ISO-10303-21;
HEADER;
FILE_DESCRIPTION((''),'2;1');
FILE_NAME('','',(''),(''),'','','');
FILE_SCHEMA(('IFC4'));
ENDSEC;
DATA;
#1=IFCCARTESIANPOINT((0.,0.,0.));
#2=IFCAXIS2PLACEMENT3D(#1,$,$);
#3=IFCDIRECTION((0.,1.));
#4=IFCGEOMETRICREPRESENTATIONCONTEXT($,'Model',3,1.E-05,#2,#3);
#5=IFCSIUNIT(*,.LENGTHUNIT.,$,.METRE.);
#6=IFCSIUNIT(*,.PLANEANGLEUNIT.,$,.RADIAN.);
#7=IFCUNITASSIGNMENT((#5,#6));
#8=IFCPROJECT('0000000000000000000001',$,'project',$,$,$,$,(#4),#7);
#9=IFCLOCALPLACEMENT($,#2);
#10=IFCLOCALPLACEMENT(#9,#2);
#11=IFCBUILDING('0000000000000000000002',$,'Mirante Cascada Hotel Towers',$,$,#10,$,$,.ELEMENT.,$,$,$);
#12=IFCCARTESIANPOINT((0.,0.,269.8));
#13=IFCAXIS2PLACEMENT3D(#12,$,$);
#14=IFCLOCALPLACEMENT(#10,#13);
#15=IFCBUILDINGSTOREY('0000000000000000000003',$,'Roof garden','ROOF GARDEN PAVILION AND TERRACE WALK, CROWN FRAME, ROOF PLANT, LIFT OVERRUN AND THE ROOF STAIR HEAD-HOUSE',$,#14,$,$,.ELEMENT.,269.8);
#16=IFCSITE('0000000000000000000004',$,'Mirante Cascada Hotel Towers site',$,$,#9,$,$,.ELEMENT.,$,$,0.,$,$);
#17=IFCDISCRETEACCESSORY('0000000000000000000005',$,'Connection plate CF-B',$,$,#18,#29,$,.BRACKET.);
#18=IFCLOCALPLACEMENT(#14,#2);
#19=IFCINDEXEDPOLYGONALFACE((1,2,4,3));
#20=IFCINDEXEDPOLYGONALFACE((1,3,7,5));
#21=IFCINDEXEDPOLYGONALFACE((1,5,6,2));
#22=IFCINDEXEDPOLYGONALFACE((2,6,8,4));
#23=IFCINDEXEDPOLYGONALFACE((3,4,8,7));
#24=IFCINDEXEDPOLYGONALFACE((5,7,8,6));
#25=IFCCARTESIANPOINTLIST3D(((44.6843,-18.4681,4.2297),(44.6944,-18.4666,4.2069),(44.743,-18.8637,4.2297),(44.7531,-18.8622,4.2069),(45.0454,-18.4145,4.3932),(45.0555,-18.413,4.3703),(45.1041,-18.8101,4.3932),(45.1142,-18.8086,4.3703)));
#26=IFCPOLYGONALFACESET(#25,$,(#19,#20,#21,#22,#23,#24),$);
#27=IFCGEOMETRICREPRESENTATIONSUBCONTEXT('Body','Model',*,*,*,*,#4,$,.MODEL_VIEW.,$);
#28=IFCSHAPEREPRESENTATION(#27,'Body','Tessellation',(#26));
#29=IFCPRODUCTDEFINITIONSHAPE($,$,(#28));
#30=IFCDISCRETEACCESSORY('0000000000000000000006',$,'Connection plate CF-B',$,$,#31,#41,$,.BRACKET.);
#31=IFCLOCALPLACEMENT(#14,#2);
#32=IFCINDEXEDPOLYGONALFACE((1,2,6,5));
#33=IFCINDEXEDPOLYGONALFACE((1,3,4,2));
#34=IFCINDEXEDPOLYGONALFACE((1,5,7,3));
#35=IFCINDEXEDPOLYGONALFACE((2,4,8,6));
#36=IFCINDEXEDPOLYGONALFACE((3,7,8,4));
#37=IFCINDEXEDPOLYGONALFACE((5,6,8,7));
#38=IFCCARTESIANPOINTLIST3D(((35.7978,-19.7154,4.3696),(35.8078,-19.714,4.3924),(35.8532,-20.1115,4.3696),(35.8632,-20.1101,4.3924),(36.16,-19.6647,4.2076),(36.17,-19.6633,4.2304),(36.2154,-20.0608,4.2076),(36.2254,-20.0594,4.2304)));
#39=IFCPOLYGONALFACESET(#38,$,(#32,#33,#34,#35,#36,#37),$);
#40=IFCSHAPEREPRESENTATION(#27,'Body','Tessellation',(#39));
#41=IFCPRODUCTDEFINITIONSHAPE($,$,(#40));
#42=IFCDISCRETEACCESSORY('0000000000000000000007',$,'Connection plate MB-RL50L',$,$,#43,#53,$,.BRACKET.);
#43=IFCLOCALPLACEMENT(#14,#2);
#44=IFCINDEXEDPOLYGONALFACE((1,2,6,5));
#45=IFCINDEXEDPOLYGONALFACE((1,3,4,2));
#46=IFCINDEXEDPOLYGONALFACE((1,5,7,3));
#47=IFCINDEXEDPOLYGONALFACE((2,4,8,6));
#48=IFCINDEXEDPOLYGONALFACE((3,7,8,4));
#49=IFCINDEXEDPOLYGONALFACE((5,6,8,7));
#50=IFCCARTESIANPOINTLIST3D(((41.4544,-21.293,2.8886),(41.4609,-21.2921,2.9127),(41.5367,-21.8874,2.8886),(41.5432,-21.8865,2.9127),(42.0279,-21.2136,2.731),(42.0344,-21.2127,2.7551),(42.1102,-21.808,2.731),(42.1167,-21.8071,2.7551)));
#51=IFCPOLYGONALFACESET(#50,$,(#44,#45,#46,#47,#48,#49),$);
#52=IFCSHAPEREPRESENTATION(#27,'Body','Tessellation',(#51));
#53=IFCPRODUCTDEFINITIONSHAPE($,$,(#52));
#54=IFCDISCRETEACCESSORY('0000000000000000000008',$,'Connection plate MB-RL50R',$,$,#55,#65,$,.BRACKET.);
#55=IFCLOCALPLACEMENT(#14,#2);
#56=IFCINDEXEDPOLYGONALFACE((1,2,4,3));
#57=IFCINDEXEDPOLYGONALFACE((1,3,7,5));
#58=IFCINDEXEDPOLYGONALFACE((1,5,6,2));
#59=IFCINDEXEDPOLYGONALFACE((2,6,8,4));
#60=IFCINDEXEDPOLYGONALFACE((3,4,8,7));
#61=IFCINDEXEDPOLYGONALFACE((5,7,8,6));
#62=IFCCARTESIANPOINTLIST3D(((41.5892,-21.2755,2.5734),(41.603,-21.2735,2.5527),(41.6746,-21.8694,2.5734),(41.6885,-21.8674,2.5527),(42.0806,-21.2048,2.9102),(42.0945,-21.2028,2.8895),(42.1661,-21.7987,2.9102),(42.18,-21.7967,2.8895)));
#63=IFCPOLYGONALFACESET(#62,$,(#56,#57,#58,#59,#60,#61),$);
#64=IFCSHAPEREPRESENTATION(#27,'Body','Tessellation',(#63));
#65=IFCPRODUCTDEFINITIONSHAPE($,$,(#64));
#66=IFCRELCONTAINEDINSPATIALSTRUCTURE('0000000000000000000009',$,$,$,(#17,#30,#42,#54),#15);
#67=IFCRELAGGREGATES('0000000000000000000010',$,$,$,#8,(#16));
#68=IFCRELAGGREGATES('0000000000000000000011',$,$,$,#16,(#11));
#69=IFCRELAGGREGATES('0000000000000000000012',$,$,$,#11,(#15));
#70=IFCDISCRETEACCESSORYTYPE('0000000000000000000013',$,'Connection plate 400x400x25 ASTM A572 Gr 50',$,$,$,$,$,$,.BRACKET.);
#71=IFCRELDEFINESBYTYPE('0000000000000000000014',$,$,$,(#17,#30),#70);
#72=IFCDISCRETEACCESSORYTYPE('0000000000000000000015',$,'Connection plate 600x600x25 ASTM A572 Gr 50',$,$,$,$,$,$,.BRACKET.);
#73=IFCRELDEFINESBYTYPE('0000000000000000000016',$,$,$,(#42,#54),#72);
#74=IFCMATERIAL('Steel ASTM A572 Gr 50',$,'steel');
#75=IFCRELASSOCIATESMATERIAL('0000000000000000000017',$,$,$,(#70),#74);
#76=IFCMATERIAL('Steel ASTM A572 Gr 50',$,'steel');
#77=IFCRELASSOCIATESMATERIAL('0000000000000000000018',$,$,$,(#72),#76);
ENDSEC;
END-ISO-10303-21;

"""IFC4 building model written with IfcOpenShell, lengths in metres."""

from ifc_helpers import new_model, si_unit, direction, frame, origin, origin_2d, place, context, subcontext, project, spatial, rectangle, extrude, material, material_profile, profile_set, type_object, element, save


model = new_model("IFC4")

# Units and contexts
model_context = context("Model", 3, precision=1e-05, world=origin(), true_north=direction((0.0, 1.0)))
body_context = subcontext(model_context, "Body", "Model", "MODEL_VIEW")
ifc_project = project(units=[si_unit("LENGTHUNIT", "METRE"), si_unit("PLANEANGLEUNIT", "RADIAN")], contexts=[model_context])

# Site, building, storey
site_placement = place(None, origin())
site = spatial("IfcSite", under=ifc_project, at=site_placement, Name="Mirante Cascada Hotel Towers site", CompositionType="ELEMENT", RefElevation=0.0)
building_placement = place(site_placement, origin())
building = spatial("IfcBuilding", under=site, at=building_placement, Name="Mirante Cascada Hotel Towers", CompositionType="ELEMENT")
storey_placement = place(building_placement, frame((0.0, 0.0, 269.8)))
storey = spatial("IfcBuildingStorey", under=building, at=storey_placement, Name="Roof garden", Description="ROOF GARDEN PAVILION AND TERRACE WALK, CROWN FRAME, ROOF PLANT, LIFT OVERRUN AND THE ROOF STAIR HEAD-HOUSE", CompositionType="ELEMENT", Elevation=269.8)

# Discrete accessories
ifc_material_1 = material(Name="Steel ASTM A572 Gr 50", Category="steel")
ifc_material_profile_1 = material_profile(ifc_material_1, rectangle(XDim=0.4, YDim=0.4, at=origin_2d()), Name="Connection plate 400x400x25 ASTM A572 Gr 50")
ifc_profile_set_1 = profile_set([ifc_material_profile_1], Name="Steel ASTM A572 Gr 50")
discrete_accessory_type_1 = type_object("IfcDiscreteAccessoryType", Name="Connection plate 400x400x25 ASTM A572 Gr 50", PredefinedType="BRACKET", material=ifc_profile_set_1)
discrete_accessory_1_placement = place(storey_placement, frame((44.9043, -18.6376, 4.2886), z_axis=(-0.404291, -0.060043, 0.912657), x_axis=(0.146904, -0.989151, 0.0)))
element("IfcDiscreteAccessory", 1, at=discrete_accessory_1_placement, inside=storey, type_object=discrete_accessory_type_1, Name="Connection plate CF-B", PredefinedType="BRACKET", context=body_context, shape_type="SweptSolid", body=[
    extrude(rectangle(XDim=0.4, YDim=0.4, at=origin_2d()), origin(), (0.0, 0.0, 1.0), 0.025),
])
discrete_accessory_2_placement = place(storey_placement, frame((36.0066, -19.8881, 4.2886), z_axis=(0.401028, 0.056144, 0.914344), x_axis=(-0.138648, 0.990342, 0.0)))
element("IfcDiscreteAccessory", 2, at=discrete_accessory_2_placement, inside=storey, type_object=discrete_accessory_type_1, Name="Connection plate CF-B", PredefinedType="BRACKET", context=body_context, shape_type="SweptSolid", body=[
    extrude(rectangle(XDim=0.4, YDim=0.4, at=origin_2d()), origin(), (0.0, 0.0, 1.0), 0.0249),
])
ifc_material_2 = material(Name="Steel ASTM A572 Gr 50", Category="steel")
ifc_material_profile_2 = material_profile(ifc_material_2, rectangle(XDim=0.6, YDim=0.6, at=origin_2d()), Name="Connection plate 600x600x25 ASTM A572 Gr 50")
ifc_profile_set_2 = profile_set([ifc_material_profile_2], Name="Steel ASTM A572 Gr 50")
discrete_accessory_type_2 = type_object("IfcDiscreteAccessoryType", Name="Connection plate 600x600x25 ASTM A572 Gr 50", PredefinedType="BRACKET", material=ifc_profile_set_2)
for number, where, z_axis, x_axis, name in (
    (3, (41.7823, -21.5505, 2.8098), (0.260235, 0.036033, 0.964873), (-0.137153, 0.99055, 0.0), "Connection plate MB-RL50L"),
    (4, (41.8915, -21.5351, 2.7211), (-0.555689, -0.079955, 0.827537), (0.142418, -0.989807, 0.0), "Connection plate MB-RL50R"),
):
    element("IfcDiscreteAccessory", number, at=place(storey_placement, frame(where, z_axis=z_axis, x_axis=x_axis)), inside=storey, type_object=discrete_accessory_type_2, Name=name, PredefinedType="BRACKET", context=body_context, shape_type="SweptSolid", body=[
        extrude(rectangle(XDim=0.6, YDim=0.6, at=origin_2d()), origin(), (0.0, 0.0, 1.0), 0.025),
    ])

save(model, "model.ifc")
